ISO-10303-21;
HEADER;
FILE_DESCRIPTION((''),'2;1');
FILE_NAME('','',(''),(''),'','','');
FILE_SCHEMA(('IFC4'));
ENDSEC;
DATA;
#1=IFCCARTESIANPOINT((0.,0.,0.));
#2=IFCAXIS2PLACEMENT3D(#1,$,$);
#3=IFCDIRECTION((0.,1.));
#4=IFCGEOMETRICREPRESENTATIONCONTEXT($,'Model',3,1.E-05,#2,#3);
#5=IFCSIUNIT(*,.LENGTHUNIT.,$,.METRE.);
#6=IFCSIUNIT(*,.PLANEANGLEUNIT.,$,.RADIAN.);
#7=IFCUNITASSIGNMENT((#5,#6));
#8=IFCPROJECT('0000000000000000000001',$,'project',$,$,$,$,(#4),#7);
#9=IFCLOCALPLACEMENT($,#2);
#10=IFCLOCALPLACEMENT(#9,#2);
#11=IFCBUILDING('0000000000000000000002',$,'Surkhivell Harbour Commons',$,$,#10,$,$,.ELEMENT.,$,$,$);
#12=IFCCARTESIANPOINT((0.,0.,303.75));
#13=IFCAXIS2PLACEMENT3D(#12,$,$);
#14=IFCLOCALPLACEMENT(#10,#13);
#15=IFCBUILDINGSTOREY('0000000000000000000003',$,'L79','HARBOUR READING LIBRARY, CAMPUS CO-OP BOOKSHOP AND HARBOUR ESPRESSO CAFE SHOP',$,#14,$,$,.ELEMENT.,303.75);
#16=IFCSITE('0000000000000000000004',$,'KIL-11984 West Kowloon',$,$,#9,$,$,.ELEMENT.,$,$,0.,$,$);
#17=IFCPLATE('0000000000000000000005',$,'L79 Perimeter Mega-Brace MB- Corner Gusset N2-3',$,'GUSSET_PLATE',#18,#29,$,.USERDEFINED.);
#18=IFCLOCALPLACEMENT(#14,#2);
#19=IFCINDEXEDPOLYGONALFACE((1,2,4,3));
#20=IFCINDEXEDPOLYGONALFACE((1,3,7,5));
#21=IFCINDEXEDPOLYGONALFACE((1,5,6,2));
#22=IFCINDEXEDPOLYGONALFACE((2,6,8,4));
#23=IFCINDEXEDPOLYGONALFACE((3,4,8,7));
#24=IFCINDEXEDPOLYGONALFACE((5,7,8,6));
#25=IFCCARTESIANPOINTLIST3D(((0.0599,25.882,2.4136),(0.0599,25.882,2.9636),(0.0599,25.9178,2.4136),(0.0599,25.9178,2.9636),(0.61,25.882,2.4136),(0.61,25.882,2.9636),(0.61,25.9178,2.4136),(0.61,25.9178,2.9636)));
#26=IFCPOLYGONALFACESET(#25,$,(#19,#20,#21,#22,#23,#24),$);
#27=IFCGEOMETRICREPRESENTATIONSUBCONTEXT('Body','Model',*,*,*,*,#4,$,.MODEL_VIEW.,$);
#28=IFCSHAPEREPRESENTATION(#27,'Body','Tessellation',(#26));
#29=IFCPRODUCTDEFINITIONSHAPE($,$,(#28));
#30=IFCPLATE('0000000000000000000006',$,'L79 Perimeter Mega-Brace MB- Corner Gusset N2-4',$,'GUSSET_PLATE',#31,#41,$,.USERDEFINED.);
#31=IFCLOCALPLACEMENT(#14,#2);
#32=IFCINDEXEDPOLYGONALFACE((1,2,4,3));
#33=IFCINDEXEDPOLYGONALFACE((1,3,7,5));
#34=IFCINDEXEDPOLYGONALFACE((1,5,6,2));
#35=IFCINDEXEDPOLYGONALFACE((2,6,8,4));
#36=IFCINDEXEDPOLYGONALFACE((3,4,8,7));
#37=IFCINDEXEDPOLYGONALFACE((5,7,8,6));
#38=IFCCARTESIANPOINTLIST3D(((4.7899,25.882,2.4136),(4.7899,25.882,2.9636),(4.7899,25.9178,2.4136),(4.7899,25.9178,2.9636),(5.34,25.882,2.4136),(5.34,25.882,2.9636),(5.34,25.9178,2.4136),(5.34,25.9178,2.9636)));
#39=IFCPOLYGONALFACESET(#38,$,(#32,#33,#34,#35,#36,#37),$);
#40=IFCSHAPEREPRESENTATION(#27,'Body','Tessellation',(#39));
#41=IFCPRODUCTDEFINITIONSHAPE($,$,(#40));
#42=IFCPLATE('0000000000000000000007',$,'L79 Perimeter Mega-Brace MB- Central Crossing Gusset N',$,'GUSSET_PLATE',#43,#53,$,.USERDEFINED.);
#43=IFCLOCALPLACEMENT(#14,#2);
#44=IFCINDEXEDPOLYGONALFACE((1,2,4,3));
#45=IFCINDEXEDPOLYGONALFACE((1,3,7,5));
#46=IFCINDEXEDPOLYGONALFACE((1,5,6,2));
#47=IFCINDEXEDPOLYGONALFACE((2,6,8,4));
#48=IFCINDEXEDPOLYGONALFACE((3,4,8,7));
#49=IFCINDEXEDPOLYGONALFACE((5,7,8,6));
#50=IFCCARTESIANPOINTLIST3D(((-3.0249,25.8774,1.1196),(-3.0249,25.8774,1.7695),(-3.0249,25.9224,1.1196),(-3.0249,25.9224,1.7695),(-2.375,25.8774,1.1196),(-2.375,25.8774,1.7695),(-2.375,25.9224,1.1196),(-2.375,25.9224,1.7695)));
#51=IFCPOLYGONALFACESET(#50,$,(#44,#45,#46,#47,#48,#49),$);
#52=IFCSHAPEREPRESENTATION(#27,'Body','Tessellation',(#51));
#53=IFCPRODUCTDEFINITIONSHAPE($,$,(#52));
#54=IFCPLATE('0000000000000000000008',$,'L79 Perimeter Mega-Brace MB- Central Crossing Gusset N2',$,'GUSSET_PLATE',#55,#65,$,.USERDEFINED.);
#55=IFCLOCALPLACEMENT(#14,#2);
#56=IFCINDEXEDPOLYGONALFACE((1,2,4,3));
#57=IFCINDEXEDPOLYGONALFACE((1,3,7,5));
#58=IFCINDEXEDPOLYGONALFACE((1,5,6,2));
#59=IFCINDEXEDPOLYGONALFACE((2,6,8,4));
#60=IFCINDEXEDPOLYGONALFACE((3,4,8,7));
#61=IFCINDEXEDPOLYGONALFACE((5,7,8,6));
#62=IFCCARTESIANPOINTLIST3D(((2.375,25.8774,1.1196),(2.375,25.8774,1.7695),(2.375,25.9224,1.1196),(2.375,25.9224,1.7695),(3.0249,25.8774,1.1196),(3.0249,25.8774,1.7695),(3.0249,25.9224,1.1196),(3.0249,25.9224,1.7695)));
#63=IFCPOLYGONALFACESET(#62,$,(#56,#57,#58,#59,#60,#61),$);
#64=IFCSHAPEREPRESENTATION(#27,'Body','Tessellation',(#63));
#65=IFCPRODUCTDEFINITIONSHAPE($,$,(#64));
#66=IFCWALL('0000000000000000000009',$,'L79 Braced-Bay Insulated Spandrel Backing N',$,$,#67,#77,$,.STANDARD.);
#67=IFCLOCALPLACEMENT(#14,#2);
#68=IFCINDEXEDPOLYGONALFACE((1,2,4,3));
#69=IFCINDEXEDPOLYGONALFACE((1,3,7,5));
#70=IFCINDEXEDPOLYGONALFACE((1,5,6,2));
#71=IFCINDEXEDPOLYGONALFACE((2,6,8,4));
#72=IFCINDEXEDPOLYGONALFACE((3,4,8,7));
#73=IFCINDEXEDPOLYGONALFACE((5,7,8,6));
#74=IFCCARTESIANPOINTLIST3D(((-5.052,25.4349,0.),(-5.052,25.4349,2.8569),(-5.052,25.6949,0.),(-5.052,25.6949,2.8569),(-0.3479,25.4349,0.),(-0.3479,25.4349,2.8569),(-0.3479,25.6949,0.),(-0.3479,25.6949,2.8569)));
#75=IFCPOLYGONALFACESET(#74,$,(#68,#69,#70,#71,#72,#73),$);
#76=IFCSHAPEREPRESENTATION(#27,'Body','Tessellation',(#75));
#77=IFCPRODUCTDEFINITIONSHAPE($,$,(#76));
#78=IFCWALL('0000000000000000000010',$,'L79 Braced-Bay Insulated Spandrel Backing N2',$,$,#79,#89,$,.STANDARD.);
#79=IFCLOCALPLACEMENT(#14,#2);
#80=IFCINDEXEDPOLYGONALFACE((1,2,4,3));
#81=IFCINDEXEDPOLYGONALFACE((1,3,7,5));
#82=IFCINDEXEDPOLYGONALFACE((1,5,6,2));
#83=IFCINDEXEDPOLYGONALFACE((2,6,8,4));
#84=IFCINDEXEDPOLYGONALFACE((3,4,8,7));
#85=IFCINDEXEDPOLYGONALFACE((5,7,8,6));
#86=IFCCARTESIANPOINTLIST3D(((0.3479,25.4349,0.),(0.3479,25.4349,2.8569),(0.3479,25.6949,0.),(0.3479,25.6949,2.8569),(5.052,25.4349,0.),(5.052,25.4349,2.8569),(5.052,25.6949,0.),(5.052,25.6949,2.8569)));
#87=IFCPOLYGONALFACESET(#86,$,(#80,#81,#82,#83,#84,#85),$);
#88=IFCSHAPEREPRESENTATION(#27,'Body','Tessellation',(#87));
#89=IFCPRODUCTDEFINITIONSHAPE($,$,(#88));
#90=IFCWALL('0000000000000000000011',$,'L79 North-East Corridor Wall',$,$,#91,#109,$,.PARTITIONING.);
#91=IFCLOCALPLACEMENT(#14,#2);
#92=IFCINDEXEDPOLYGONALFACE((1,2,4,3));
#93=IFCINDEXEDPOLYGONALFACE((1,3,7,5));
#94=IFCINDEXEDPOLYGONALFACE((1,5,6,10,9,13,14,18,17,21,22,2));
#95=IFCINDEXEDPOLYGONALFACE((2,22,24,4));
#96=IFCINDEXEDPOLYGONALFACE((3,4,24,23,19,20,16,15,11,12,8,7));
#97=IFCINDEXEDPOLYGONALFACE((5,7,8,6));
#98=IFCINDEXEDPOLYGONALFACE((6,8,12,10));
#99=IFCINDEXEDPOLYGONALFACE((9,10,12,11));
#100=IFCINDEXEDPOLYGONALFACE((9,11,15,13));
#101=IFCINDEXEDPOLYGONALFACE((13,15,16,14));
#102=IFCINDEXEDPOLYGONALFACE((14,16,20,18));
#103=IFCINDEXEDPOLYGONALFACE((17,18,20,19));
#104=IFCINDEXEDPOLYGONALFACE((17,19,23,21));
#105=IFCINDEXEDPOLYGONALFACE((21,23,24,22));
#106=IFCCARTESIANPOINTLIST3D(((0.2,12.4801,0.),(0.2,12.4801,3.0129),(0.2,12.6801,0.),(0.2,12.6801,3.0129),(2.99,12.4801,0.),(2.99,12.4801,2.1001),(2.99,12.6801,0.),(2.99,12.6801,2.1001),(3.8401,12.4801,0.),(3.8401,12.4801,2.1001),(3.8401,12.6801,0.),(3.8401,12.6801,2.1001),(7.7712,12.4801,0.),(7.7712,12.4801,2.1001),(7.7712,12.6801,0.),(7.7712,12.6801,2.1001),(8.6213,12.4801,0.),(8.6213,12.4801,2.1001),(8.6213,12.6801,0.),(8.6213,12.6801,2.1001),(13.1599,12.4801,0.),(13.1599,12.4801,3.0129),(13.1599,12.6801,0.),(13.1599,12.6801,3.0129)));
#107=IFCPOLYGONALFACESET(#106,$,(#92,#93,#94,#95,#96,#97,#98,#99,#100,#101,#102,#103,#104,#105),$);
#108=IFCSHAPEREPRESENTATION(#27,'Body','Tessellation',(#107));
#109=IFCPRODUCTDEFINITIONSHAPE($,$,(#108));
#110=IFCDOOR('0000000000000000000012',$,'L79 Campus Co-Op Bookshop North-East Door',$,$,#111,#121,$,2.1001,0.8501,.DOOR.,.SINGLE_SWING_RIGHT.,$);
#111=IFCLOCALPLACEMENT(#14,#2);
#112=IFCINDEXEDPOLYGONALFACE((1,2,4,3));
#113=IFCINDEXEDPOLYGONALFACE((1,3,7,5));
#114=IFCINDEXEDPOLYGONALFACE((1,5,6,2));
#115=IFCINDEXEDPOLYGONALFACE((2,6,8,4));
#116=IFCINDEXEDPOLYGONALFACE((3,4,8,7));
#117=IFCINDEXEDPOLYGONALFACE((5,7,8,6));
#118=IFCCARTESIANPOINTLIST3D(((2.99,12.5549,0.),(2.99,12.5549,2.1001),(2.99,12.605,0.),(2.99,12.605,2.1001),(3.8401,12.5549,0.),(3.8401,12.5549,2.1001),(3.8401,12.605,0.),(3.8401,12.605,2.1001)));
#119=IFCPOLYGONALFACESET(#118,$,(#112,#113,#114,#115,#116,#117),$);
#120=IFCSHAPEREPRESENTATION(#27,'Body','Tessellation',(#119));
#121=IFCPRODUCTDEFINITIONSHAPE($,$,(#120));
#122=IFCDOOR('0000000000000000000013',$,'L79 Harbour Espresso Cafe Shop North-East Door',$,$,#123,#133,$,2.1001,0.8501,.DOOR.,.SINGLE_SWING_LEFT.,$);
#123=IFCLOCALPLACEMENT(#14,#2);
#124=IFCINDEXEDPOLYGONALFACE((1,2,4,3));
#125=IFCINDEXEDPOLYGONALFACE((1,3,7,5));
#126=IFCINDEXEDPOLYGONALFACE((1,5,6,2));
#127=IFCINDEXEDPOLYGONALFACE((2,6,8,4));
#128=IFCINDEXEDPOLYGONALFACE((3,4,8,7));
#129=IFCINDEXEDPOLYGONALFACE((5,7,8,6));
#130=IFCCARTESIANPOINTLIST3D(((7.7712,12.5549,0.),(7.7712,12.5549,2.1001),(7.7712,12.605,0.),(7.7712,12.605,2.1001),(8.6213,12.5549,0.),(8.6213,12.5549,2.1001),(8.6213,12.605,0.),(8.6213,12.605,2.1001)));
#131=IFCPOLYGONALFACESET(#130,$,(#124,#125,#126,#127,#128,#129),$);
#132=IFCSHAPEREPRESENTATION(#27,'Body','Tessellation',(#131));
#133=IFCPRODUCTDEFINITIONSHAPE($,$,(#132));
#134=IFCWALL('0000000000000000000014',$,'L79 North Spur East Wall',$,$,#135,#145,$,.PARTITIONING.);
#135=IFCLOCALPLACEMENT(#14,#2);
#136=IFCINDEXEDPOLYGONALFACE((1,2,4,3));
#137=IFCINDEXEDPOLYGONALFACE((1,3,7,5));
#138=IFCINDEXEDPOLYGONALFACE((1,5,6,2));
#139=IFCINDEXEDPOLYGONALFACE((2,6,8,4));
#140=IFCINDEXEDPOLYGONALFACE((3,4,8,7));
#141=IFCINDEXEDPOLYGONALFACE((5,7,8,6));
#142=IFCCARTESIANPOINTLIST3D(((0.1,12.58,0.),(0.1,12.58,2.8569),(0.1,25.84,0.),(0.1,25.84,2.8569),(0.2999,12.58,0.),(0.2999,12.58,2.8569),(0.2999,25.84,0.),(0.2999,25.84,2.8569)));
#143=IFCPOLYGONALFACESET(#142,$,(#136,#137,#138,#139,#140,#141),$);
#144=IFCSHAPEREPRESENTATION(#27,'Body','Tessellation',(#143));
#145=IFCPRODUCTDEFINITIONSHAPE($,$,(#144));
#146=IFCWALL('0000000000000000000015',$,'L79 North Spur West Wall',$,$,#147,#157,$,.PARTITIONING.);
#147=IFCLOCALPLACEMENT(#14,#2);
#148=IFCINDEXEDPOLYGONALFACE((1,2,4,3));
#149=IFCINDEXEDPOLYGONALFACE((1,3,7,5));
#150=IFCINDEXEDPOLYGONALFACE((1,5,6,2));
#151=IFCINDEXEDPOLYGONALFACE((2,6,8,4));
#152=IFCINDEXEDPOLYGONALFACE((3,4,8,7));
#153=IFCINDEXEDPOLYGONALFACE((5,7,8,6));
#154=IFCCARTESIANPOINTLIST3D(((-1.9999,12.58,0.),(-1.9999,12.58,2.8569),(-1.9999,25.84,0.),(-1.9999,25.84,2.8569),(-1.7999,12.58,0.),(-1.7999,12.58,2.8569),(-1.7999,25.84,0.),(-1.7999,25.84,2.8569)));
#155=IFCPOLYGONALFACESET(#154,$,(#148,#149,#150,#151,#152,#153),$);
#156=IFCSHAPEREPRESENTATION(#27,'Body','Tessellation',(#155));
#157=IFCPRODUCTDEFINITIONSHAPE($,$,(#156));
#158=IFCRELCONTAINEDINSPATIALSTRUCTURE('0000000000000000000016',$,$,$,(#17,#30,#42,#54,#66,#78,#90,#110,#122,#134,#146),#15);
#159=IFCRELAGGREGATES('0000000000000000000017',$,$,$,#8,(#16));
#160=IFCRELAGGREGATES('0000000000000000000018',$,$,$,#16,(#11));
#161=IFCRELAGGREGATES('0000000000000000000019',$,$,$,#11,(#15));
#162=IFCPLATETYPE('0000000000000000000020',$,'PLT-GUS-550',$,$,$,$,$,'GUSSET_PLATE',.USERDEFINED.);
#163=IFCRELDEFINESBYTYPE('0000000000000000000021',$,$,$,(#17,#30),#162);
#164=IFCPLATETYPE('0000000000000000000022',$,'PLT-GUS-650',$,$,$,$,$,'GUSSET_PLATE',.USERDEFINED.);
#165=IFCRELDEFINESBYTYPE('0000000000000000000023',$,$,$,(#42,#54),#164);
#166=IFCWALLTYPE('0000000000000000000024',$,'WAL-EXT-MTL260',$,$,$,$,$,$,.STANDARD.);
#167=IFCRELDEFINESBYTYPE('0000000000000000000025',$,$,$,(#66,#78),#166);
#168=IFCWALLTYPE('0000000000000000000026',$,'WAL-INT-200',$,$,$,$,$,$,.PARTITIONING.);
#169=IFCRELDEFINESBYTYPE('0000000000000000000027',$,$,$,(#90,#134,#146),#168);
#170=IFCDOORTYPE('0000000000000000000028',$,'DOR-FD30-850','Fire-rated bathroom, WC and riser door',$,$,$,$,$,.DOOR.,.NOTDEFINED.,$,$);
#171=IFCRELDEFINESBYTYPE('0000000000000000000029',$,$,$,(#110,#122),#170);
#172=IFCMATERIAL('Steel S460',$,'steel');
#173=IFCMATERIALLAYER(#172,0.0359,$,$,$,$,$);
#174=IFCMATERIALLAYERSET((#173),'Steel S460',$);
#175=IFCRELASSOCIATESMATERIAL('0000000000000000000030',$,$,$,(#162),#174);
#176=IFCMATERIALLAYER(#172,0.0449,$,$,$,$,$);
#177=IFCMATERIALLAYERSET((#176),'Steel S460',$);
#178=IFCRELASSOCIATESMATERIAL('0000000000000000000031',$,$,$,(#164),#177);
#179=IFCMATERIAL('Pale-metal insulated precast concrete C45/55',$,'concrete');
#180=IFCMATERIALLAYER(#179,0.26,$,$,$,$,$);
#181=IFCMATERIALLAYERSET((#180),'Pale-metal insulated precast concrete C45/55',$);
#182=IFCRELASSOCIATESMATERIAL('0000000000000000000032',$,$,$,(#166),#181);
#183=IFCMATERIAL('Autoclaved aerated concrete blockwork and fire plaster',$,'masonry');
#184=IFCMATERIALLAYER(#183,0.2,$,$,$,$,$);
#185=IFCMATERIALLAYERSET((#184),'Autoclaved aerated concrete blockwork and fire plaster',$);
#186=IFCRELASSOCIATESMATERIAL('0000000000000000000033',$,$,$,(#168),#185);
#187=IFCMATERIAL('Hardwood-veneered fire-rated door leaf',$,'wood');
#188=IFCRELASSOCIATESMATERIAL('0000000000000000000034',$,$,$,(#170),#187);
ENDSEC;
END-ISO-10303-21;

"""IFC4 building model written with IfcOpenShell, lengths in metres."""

from ifc_helpers import new_model, si_unit, direction, frame, frame_2d, origin, origin_2d, place, context, subcontext, project, spatial, rectangle, extrude, material, layer, layer_set, type_object, element, fill, save


model = new_model("IFC4")

# Units and contexts
model_context = context("Model", 3, precision=1e-05, world=origin(), true_north=direction((0.0, 1.0)))
body_context = subcontext(model_context, "Body", "Model", "MODEL_VIEW")
ifc_project = project(units=[si_unit("LENGTHUNIT", "METRE"), si_unit("PLANEANGLEUNIT", "RADIAN")], contexts=[model_context])

# Site, building, storey
site_placement = place(None, origin())
site = spatial("IfcSite", under=ifc_project, at=site_placement, Name="KIL-11984 West Kowloon", CompositionType="ELEMENT", RefElevation=0.0)
building_placement = place(site_placement, origin())
building = spatial("IfcBuilding", under=site, at=building_placement, Name="Surkhivell Harbour Commons", CompositionType="ELEMENT")
storey_placement = place(building_placement, frame((0.0, 0.0, 303.75)))
storey = spatial("IfcBuildingStorey", under=building, at=storey_placement, Name="L79", Description="HARBOUR READING LIBRARY, CAMPUS CO-OP BOOKSHOP AND HARBOUR ESPRESSO CAFE SHOP", CompositionType="ELEMENT", Elevation=303.75)

# Plates
ifc_material_1 = material(Name="Steel S460", Category="steel")
ifc_layer_1 = layer(ifc_material_1, 0.0359)
ifc_layer_set_1 = layer_set([ifc_layer_1], Name="Steel S460")
plate_type_1 = type_object("IfcPlateType", Name="PLT-GUS-550", ElementType="GUSSET_PLATE", PredefinedType="USERDEFINED", material=ifc_layer_set_1)
for number, where, z_axis, x_axis, name in (
    (1, (0.335, 25.8999, 2.4136), (0.0, 0.0, 1.0), (1.0, 0.0, 0.0), "L79 Perimeter Mega-Brace MB- Corner Gusset N2-3"),
    (2, (5.0649, 25.8999, 2.4136), (0.0, 0.0, 1.0), (1.0, 0.0, 0.0), "L79 Perimeter Mega-Brace MB- Corner Gusset N2-4"),
):
    element("IfcPlate", number, at=place(storey_placement, frame(where, z_axis=z_axis, x_axis=x_axis)), inside=storey, type_object=plate_type_1, Name=name, ObjectType="GUSSET_PLATE", PredefinedType="USERDEFINED", context=body_context, shape_type="SweptSolid", body=[
        extrude(rectangle(XDim=0.55, YDim=0.0359, at=origin_2d()), origin(), (0.0, 0.0, 1.0), 0.55),
    ])
ifc_layer_2 = layer(ifc_material_1, 0.0449)
ifc_layer_set_2 = layer_set([ifc_layer_2], Name="Steel S460")
plate_type_2 = type_object("IfcPlateType", Name="PLT-GUS-650", ElementType="GUSSET_PLATE", PredefinedType="USERDEFINED", material=ifc_layer_set_2)
for number, where, z_axis, x_axis, name in (
    (3, (-2.7, 25.8999, 1.1196), (0.0, 0.0, 1.0), (1.0, 0.0, 0.0), "L79 Perimeter Mega-Brace MB- Central Crossing Gusset N"),
    (4, (2.7, 25.8999, 1.1196), (0.0, 0.0, 1.0), (1.0, 0.0, 0.0), "L79 Perimeter Mega-Brace MB- Central Crossing Gusset N2"),
):
    element("IfcPlate", number, at=place(storey_placement, frame(where, z_axis=z_axis, x_axis=x_axis)), inside=storey, type_object=plate_type_2, Name=name, ObjectType="GUSSET_PLATE", PredefinedType="USERDEFINED", context=body_context, shape_type="SweptSolid", body=[
        extrude(rectangle(XDim=0.6499, YDim=0.0449, at=origin_2d()), origin(), (0.0, 0.0, 1.0), 0.6499),
    ])

# Walls
ifc_material_2 = material(Name="Pale-metal insulated precast concrete C45/55", Category="concrete")
ifc_layer_3 = layer(ifc_material_2, 0.26)
ifc_layer_set_3 = layer_set([ifc_layer_3], Name="Pale-metal insulated precast concrete C45/55")
wall_type_1 = type_object("IfcWallType", Name="WAL-EXT-MTL260", PredefinedType="STANDARD", material=ifc_layer_set_3)
for number, where, z_axis, x_axis, name in (
    (5, (-0.3479, 25.5649, 0.0), (0.0, 0.0, 1.0), (-1.0, 0.0, 0.0), "L79 Braced-Bay Insulated Spandrel Backing N"),
    (6, (5.052, 25.5649, 0.0), (0.0, 0.0, 1.0), (-1.0, 0.0, 0.0), "L79 Braced-Bay Insulated Spandrel Backing N2"),
):
    element("IfcWall", number, at=place(storey_placement, frame(where, z_axis=z_axis, x_axis=x_axis)), inside=storey, type_object=wall_type_1, Name=name, PredefinedType="STANDARD", context=body_context, shape_type="SweptSolid", body=[
        extrude(rectangle(XDim=4.7041, YDim=0.26, at=frame_2d((2.3521, 0.0))), origin(), (0.0, 0.0, 1.0), 2.8569),
    ])

# Wall, openings, doors
ifc_material_3 = material(Name="Autoclaved aerated concrete blockwork and fire plaster", Category="masonry")
ifc_layer_4 = layer(ifc_material_3, 0.2)
ifc_layer_set_4 = layer_set([ifc_layer_4], Name="Autoclaved aerated concrete blockwork and fire plaster")
wall_type_2 = type_object("IfcWallType", Name="WAL-INT-200", PredefinedType="PARTITIONING", material=ifc_layer_set_4)
wall_placement = place(storey_placement, frame((0.2, 12.5801, 0.0), z_axis=(0.0, 0.0, 1.0), x_axis=(1.0, 0.0, 0.0)))
wall = element("IfcWall", 7, at=wall_placement, inside=storey, type_object=wall_type_2, Name="L79 North-East Corridor Wall", PredefinedType="PARTITIONING", context=body_context, shape_type="SweptSolid", body=[
    extrude(rectangle(XDim=12.96, YDim=0.2, at=frame_2d((6.48, 0.0))), origin(), (0.0, 0.0, 1.0), 3.0129),
])
opening_1_placement = place(wall_placement, frame((2.79, 0.0, 0.0)))
opening_1 = element("IfcOpeningElement", 8, at=opening_1_placement, cuts=wall, PredefinedType="OPENING", context=body_context, shape_type="SweptSolid", body=[
    extrude(rectangle(XDim=0.8501, YDim=2.1001, at=frame_2d((0.425, 1.05))), frame((0.0, 0.1099, 0.0), z_axis=(0.0, -1.0, 0.0), x_axis=(1.0, 0.0, 0.0)), (0.0, 0.0, 1.0), 0.22),
])
opening_2_placement = place(wall_placement, frame((7.5713, 0.0, 0.0)))
opening_2 = element("IfcOpeningElement", 9, at=opening_2_placement, cuts=wall, PredefinedType="OPENING", context=body_context, shape_type="SweptSolid", body=[
    extrude(rectangle(XDim=0.8501, YDim=2.1001, at=frame_2d((0.425, 1.05))), frame((0.0, 0.1099, 0.0), z_axis=(0.0, -1.0, 0.0), x_axis=(1.0, 0.0, 0.0)), (0.0, 0.0, 1.0), 0.22),
])
ifc_material_4 = material(Name="Hardwood-veneered fire-rated door leaf", Category="wood")
door_type = type_object("IfcDoorType", Name="DOR-FD30-850", Description="Fire-rated bathroom, WC and riser door", OperationType="NOTDEFINED", PredefinedType="DOOR", material=ifc_material_4)
door_1_placement = place(opening_1_placement, origin())
door_1 = element("IfcDoor", 10, at=door_1_placement, inside=storey, type_object=door_type, Name="L79 Campus Co-Op Bookshop North-East Door", OperationType="SINGLE_SWING_RIGHT", OverallHeight=2.1001, OverallWidth=0.8501, PredefinedType="DOOR", context=body_context, shape_type="SweptSolid", body=[
    extrude(rectangle(XDim=0.8501, YDim=2.1001, at=frame_2d((0.425, 1.05))), frame((0.0, 0.0249, 0.0), z_axis=(0.0, -1.0, 0.0), x_axis=(1.0, 0.0, 0.0)), (0.0, 0.0, 1.0), 0.05),
])
fill(opening_1, door_1)
door_2_placement = place(opening_2_placement, origin())
door_2 = element("IfcDoor", 11, at=door_2_placement, inside=storey, type_object=door_type, Name="L79 Harbour Espresso Cafe Shop North-East Door", OperationType="SINGLE_SWING_LEFT", OverallHeight=2.1001, OverallWidth=0.8501, PredefinedType="DOOR", context=body_context, shape_type="SweptSolid", body=[
    extrude(rectangle(XDim=0.8501, YDim=2.1001, at=frame_2d((0.425, 1.05))), frame((0.0, 0.0249, 0.0), z_axis=(0.0, -1.0, 0.0), x_axis=(1.0, 0.0, 0.0)), (0.0, 0.0, 1.0), 0.05),
])
fill(opening_2, door_2)

# Walls
for number, where, z_axis, x_axis, name in (
    (12, (0.2, 12.5801, 0.0), (0.0, 0.0, 1.0), (0.0, 1.0, 0.0), "L79 North Spur East Wall"),
    (13, (-1.8999, 12.5801, 0.0), (0.0, 0.0, 1.0), (0.0, 1.0, 0.0), "L79 North Spur West Wall"),
):
    element("IfcWall", number, at=place(storey_placement, frame(where, z_axis=z_axis, x_axis=x_axis)), inside=storey, type_object=wall_type_2, Name=name, PredefinedType="PARTITIONING", context=body_context, shape_type="SweptSolid", body=[
        extrude(rectangle(XDim=13.26, YDim=0.2, at=frame_2d((6.6299, 0.0))), origin(), (0.0, 0.0, 1.0), 2.8569),
    ])

save(model, "model.ifc")
